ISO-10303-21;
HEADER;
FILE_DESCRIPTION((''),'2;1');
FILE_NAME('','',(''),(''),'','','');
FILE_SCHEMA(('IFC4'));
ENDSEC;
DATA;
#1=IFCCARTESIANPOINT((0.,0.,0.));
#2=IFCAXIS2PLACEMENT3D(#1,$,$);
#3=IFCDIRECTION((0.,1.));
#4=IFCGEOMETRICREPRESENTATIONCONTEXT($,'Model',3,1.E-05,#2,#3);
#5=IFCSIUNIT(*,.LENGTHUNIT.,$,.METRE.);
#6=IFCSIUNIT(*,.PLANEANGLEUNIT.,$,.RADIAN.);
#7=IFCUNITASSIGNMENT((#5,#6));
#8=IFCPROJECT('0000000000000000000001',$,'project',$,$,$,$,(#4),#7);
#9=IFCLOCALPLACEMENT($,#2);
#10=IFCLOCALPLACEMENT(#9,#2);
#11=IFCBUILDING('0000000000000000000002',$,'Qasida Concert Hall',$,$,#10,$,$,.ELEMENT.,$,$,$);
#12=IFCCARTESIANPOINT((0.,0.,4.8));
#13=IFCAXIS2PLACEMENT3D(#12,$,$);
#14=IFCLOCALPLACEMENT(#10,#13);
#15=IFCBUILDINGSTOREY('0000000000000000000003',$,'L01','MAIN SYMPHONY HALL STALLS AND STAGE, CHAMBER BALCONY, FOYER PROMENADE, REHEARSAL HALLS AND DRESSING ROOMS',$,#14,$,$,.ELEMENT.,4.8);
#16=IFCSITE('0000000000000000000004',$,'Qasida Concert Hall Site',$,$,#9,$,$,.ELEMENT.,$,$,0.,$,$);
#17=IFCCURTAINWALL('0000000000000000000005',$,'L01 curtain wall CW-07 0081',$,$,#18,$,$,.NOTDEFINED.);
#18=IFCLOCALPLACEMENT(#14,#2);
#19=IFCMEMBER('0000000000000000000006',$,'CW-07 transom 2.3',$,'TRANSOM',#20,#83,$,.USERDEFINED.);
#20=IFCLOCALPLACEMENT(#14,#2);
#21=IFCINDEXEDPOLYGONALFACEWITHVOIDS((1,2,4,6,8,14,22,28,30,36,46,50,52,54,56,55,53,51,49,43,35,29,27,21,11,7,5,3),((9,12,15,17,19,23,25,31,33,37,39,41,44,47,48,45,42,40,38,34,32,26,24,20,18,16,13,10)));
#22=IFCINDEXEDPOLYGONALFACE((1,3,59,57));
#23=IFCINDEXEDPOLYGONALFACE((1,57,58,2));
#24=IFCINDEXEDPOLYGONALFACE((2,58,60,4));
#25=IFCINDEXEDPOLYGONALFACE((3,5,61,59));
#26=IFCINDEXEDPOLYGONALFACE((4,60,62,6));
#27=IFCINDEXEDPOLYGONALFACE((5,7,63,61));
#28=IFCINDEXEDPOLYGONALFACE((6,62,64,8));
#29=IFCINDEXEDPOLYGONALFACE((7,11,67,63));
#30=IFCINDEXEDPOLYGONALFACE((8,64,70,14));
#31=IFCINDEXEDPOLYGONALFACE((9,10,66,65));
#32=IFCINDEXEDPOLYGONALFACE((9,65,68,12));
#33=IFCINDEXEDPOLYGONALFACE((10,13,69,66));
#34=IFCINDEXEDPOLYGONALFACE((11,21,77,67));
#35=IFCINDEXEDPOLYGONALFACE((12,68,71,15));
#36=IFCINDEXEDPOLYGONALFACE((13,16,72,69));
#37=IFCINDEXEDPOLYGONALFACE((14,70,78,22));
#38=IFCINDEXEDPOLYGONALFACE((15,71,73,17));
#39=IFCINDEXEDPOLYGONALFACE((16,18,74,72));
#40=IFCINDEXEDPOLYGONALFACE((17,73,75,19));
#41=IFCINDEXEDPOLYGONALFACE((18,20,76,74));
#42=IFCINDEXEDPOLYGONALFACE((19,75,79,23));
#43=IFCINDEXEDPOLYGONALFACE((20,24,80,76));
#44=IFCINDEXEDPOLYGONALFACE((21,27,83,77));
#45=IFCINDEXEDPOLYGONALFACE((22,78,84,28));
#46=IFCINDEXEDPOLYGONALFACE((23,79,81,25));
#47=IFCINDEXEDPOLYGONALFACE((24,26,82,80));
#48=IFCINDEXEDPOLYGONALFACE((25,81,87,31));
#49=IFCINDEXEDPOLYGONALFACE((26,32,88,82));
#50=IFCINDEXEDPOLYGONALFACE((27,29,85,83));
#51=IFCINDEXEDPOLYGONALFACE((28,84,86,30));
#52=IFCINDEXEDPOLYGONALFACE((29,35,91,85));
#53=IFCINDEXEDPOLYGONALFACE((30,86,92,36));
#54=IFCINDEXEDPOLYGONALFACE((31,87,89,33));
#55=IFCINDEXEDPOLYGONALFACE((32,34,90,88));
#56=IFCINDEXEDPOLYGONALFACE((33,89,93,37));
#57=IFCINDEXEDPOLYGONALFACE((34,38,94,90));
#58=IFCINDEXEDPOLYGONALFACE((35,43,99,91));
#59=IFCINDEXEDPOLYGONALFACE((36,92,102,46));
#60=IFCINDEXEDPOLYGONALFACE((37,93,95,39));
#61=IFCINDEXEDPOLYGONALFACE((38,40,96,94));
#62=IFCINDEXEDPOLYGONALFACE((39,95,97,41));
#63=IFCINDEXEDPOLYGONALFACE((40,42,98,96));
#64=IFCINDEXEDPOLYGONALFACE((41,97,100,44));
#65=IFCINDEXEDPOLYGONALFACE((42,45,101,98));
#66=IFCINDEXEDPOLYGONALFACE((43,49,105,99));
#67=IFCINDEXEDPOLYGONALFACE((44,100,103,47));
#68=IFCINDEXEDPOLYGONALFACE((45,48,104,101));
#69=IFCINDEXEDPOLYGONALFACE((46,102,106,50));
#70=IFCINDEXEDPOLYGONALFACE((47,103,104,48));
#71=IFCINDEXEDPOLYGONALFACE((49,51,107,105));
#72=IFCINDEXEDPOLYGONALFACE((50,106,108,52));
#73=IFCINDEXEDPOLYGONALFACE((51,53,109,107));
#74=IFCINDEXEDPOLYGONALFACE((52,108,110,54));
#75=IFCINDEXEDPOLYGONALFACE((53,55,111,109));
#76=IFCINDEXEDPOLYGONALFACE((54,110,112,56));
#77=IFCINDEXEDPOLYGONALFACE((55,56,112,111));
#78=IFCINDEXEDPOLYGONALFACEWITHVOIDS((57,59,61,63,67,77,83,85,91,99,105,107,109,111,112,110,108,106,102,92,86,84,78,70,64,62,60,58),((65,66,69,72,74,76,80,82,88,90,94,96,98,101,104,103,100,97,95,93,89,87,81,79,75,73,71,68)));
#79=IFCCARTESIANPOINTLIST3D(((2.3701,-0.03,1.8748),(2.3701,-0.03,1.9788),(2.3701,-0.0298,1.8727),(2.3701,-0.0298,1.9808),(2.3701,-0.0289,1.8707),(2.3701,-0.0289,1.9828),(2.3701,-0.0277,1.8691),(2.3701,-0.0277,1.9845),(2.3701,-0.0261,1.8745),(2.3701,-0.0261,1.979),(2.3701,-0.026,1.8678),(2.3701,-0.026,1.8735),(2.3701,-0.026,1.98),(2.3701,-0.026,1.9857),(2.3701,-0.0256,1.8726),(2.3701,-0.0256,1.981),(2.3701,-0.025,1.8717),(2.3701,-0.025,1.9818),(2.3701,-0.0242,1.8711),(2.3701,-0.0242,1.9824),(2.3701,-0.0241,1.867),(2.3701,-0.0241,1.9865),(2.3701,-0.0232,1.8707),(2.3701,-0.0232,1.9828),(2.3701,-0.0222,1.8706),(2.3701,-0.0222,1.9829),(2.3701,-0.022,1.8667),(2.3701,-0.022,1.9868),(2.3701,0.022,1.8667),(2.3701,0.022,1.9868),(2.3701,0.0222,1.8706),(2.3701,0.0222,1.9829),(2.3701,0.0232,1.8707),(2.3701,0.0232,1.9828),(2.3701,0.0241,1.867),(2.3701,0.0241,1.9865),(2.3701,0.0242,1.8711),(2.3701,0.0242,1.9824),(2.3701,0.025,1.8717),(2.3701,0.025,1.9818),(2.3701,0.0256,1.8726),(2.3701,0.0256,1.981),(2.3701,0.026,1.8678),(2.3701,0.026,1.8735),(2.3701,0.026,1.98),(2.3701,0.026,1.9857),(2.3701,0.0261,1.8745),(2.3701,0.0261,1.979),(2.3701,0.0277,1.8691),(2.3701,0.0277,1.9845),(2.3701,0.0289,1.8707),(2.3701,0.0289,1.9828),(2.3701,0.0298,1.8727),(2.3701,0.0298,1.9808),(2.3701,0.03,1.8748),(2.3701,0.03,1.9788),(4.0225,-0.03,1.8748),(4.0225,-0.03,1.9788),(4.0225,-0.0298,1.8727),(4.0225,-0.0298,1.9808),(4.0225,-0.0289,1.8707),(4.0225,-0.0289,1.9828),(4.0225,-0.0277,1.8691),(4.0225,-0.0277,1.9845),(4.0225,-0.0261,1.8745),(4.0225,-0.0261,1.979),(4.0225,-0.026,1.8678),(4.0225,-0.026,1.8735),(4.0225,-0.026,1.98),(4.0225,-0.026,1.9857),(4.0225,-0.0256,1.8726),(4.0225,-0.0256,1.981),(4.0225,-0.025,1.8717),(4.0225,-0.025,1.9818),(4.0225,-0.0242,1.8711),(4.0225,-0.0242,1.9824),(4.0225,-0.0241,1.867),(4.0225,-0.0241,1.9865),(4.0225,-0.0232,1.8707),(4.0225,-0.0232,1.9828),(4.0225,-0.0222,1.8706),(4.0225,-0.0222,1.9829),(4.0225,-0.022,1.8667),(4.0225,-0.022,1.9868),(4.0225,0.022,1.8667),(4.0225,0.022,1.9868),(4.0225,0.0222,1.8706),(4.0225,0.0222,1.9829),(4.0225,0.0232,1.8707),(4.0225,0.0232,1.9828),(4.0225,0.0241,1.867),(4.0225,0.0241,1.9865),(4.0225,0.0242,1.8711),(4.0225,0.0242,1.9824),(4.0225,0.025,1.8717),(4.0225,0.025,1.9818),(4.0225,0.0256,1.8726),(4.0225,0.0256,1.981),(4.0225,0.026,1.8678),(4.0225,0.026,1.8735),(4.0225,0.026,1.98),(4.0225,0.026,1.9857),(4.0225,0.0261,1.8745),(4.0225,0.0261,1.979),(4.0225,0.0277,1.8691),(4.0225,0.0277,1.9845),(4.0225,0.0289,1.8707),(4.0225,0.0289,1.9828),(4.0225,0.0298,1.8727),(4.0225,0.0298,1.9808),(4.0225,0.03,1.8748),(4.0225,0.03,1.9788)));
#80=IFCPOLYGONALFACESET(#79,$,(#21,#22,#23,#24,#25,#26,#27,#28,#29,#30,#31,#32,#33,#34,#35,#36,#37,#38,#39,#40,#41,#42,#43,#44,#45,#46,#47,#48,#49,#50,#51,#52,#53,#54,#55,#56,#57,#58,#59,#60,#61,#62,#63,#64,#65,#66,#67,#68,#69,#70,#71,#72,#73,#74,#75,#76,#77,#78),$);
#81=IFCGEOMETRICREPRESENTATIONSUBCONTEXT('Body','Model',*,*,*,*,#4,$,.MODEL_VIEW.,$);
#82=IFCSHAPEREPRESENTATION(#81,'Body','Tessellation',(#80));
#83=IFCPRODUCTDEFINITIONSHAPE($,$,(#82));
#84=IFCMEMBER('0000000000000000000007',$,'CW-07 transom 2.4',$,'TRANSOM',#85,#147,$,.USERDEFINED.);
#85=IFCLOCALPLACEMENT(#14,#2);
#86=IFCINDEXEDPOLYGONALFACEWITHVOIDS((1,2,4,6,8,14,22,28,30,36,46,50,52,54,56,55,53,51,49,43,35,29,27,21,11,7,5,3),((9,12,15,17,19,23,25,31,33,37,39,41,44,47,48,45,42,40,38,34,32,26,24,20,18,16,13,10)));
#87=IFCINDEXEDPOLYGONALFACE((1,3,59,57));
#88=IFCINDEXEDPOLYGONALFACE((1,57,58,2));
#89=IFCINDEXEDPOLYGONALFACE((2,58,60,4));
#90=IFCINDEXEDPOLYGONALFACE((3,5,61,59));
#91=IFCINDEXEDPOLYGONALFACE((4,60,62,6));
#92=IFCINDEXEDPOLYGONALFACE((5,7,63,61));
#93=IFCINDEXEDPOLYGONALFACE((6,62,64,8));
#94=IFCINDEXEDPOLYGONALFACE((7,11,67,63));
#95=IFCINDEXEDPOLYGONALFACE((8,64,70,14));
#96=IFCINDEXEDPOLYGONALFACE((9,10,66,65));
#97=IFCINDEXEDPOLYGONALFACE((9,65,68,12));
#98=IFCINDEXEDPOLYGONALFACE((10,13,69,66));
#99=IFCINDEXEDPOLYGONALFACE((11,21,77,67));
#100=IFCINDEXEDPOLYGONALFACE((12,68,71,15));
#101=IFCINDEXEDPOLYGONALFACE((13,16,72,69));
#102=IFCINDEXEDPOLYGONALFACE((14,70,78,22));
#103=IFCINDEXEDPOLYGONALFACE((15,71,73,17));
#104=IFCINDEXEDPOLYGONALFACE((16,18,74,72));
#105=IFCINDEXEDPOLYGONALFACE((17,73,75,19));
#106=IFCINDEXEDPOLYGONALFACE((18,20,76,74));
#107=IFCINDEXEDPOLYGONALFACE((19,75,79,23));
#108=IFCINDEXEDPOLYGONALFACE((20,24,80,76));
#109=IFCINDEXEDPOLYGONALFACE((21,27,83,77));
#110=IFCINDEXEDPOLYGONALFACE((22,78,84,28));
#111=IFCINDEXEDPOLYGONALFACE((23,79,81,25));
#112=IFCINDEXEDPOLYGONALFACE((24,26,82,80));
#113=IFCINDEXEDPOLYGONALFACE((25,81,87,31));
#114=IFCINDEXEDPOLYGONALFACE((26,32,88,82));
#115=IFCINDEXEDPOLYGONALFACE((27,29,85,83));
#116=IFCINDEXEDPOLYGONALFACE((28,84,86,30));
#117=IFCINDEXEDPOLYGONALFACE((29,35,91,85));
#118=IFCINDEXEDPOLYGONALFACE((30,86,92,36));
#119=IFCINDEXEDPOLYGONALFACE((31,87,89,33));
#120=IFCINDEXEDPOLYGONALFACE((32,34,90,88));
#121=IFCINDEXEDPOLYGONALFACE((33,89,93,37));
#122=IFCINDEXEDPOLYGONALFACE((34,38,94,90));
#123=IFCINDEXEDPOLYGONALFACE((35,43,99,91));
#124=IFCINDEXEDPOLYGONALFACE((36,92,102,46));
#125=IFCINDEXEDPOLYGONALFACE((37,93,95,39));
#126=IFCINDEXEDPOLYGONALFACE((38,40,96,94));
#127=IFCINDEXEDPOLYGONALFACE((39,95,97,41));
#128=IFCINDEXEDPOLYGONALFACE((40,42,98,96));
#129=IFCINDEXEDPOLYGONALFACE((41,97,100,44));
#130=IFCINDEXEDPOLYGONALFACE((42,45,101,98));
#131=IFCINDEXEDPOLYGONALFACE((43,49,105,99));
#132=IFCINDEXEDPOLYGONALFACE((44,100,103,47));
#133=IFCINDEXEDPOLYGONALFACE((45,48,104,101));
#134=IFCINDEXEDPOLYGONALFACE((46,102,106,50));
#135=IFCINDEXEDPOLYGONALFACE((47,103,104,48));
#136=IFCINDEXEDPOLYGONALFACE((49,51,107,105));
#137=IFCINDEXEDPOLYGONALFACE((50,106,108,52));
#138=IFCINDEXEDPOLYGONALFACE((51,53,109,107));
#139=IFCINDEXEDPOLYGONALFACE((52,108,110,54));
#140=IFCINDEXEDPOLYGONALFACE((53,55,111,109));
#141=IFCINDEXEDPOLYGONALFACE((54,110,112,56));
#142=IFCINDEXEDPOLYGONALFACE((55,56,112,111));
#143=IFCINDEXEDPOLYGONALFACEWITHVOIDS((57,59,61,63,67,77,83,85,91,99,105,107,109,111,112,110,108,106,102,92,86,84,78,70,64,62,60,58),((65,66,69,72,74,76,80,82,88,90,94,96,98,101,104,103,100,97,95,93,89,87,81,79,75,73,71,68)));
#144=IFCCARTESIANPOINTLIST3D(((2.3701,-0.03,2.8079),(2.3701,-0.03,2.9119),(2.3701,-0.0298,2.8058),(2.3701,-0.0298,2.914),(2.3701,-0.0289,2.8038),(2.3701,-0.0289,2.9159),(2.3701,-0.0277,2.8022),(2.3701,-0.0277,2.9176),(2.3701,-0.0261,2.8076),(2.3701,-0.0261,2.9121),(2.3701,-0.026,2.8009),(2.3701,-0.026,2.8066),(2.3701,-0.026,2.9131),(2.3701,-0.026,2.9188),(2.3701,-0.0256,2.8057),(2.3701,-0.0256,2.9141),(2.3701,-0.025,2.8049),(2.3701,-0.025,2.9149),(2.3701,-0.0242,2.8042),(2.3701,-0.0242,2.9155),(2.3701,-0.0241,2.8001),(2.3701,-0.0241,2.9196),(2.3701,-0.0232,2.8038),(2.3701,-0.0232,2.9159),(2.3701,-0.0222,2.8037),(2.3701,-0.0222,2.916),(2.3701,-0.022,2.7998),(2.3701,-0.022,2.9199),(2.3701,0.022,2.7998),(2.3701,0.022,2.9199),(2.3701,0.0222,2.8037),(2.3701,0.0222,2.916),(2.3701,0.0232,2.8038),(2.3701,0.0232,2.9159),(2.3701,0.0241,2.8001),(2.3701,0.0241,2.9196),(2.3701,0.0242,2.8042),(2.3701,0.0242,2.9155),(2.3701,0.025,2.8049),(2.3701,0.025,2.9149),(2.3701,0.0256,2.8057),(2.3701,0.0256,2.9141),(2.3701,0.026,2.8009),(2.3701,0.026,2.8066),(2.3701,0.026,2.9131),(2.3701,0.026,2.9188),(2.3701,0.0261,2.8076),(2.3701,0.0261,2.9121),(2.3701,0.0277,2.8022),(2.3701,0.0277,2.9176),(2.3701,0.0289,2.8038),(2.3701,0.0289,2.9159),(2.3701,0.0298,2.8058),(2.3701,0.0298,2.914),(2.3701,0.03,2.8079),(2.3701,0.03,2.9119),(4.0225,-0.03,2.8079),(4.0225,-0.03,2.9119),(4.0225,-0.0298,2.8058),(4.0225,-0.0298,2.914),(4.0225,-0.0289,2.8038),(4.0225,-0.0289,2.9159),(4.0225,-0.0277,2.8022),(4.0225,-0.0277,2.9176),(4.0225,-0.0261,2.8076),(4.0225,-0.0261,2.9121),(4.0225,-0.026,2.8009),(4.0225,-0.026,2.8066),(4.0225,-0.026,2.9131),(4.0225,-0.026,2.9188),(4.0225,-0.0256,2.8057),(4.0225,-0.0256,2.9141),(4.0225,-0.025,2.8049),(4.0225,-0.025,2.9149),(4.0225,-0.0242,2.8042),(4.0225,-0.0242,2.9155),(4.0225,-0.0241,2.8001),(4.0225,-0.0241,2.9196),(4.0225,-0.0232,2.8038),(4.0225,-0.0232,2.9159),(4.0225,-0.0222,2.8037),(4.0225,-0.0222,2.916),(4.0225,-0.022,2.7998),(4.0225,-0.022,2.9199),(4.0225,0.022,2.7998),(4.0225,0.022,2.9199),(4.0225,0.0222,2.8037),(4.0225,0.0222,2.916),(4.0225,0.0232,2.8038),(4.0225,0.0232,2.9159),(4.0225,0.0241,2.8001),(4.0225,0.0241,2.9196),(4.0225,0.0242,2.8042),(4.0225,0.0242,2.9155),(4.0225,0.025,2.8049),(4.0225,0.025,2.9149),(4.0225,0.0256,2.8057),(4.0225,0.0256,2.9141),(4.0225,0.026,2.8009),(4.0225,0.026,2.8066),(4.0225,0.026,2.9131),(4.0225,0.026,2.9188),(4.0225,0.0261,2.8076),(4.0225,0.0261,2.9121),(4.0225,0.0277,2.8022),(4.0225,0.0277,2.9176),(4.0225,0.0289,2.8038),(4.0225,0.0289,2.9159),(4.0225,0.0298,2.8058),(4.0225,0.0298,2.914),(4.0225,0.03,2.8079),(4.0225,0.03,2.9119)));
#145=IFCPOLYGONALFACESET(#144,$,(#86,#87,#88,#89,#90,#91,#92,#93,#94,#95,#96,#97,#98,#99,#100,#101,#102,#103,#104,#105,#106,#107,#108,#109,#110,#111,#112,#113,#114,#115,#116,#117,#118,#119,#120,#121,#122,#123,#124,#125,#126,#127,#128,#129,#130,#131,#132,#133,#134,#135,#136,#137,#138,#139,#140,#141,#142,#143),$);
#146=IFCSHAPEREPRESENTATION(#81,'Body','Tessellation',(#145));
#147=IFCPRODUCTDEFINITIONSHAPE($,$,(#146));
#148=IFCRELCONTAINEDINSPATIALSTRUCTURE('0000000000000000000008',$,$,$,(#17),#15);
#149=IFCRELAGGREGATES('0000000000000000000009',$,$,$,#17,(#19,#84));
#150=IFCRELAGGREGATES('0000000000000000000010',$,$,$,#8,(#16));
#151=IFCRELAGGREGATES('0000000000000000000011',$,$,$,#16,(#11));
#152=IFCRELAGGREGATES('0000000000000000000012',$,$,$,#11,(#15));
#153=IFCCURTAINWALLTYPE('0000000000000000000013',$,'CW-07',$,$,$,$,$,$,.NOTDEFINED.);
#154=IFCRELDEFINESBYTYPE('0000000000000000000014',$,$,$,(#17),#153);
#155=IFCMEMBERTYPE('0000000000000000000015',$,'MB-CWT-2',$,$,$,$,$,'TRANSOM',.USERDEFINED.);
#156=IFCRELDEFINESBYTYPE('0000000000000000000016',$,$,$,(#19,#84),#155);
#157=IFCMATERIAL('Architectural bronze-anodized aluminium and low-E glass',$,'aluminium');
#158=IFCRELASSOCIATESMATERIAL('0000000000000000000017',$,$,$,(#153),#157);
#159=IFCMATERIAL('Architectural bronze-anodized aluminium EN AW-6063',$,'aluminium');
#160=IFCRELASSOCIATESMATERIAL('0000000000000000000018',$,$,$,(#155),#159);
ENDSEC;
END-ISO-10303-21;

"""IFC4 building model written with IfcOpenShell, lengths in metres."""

from ifc_helpers import new_model, si_unit, direction, frame, origin, origin_2d, place, context, subcontext, project, spatial, hollow_rectangle, extrude, material, material_profile, profile_set, type_object, element, aggregate, save


model = new_model("IFC4")

# Units and contexts
model_context = context("Model", 3, precision=1e-05, world=origin(), true_north=direction((0.0, 1.0)))
body_context = subcontext(model_context, "Body", "Model", "MODEL_VIEW")
ifc_project = project(units=[si_unit("LENGTHUNIT", "METRE"), si_unit("PLANEANGLEUNIT", "RADIAN")], contexts=[model_context])

# Site, building, storey
site_placement = place(None, origin())
site = spatial("IfcSite", under=ifc_project, at=site_placement, Name="Qasida Concert Hall Site", CompositionType="ELEMENT", RefElevation=0.0)
building_placement = place(site_placement, origin())
building = spatial("IfcBuilding", under=site, at=building_placement, Name="Qasida Concert Hall", CompositionType="ELEMENT")
storey_placement = place(building_placement, frame((0.0, 0.0, 4.8)))
storey = spatial("IfcBuildingStorey", under=building, at=storey_placement, Name="L01", Description="MAIN SYMPHONY HALL STALLS AND STAGE, CHAMBER BALCONY, FOYER PROMENADE, REHEARSAL HALLS AND DRESSING ROOMS", CompositionType="ELEMENT", Elevation=4.8)

# Curtain wall, members
ifc_material_1 = material(Name="Architectural bronze-anodized aluminium and low-E glass", Category="aluminium")
curtain_wall_type = type_object("IfcCurtainWallType", Name="CW-07", PredefinedType="NOTDEFINED", material=ifc_material_1)
curtain_wall_placement = place(storey_placement, origin())
curtain_wall = element("IfcCurtainWall", 1, at=curtain_wall_placement, inside=storey, type_object=curtain_wall_type, Name="L01 curtain wall CW-07 0081", PredefinedType="NOTDEFINED")
ifc_material_2 = material(Name="Architectural bronze-anodized aluminium EN AW-6063", Category="aluminium")
ifc_material_profile_1 = material_profile(ifc_material_2, hollow_rectangle(XDim=0.0601, YDim=0.1201, WallThickness=0.0039, InnerFilletRadius=0.0039, OuterFilletRadius=0.0081, at=origin_2d()), Name="CWT 120x60x4")
ifc_profile_set_1 = profile_set([ifc_material_profile_1], Name="Architectural bronze-anodized aluminium EN AW-6063")
member_type_1 = type_object("IfcMemberType", Name="MB-CWT-2", ElementType="TRANSOM", PredefinedType="USERDEFINED", material=ifc_profile_set_1)
member_1_placement = place(storey_placement, frame((2.3701, 0.0, 1.9268), z_axis=(1.0, 0.0, 0.0), x_axis=(0.0, 1.0, 0.0)))
member_1 = element("IfcMember", 2, at=member_1_placement, type_object=member_type_1, Name="CW-07 transom 2.3", ObjectType="TRANSOM", PredefinedType="USERDEFINED", context=body_context, shape_type="SweptSolid", body=[
    extrude(hollow_rectangle(XDim=0.0601, YDim=0.1201, WallThickness=0.0039, InnerFilletRadius=0.0039, OuterFilletRadius=0.0081, at=origin_2d()), origin(), (0.0, 0.0, 1.0), 1.6523),
])
member_2_placement = place(storey_placement, frame((2.3701, 0.0, 2.8599), z_axis=(1.0, 0.0, 0.0), x_axis=(0.0, 1.0, 0.0)))
member_2 = element("IfcMember", 3, at=member_2_placement, type_object=member_type_1, Name="CW-07 transom 2.4", ObjectType="TRANSOM", PredefinedType="USERDEFINED", context=body_context, shape_type="SweptSolid", body=[
    extrude(hollow_rectangle(XDim=0.0601, YDim=0.1201, WallThickness=0.0039, InnerFilletRadius=0.0039, OuterFilletRadius=0.0081, at=origin_2d()), origin(), (0.0, 0.0, 1.0), 1.6523),
])
aggregate(curtain_wall, [member_1, member_2])

save(model, "model.ifc")
